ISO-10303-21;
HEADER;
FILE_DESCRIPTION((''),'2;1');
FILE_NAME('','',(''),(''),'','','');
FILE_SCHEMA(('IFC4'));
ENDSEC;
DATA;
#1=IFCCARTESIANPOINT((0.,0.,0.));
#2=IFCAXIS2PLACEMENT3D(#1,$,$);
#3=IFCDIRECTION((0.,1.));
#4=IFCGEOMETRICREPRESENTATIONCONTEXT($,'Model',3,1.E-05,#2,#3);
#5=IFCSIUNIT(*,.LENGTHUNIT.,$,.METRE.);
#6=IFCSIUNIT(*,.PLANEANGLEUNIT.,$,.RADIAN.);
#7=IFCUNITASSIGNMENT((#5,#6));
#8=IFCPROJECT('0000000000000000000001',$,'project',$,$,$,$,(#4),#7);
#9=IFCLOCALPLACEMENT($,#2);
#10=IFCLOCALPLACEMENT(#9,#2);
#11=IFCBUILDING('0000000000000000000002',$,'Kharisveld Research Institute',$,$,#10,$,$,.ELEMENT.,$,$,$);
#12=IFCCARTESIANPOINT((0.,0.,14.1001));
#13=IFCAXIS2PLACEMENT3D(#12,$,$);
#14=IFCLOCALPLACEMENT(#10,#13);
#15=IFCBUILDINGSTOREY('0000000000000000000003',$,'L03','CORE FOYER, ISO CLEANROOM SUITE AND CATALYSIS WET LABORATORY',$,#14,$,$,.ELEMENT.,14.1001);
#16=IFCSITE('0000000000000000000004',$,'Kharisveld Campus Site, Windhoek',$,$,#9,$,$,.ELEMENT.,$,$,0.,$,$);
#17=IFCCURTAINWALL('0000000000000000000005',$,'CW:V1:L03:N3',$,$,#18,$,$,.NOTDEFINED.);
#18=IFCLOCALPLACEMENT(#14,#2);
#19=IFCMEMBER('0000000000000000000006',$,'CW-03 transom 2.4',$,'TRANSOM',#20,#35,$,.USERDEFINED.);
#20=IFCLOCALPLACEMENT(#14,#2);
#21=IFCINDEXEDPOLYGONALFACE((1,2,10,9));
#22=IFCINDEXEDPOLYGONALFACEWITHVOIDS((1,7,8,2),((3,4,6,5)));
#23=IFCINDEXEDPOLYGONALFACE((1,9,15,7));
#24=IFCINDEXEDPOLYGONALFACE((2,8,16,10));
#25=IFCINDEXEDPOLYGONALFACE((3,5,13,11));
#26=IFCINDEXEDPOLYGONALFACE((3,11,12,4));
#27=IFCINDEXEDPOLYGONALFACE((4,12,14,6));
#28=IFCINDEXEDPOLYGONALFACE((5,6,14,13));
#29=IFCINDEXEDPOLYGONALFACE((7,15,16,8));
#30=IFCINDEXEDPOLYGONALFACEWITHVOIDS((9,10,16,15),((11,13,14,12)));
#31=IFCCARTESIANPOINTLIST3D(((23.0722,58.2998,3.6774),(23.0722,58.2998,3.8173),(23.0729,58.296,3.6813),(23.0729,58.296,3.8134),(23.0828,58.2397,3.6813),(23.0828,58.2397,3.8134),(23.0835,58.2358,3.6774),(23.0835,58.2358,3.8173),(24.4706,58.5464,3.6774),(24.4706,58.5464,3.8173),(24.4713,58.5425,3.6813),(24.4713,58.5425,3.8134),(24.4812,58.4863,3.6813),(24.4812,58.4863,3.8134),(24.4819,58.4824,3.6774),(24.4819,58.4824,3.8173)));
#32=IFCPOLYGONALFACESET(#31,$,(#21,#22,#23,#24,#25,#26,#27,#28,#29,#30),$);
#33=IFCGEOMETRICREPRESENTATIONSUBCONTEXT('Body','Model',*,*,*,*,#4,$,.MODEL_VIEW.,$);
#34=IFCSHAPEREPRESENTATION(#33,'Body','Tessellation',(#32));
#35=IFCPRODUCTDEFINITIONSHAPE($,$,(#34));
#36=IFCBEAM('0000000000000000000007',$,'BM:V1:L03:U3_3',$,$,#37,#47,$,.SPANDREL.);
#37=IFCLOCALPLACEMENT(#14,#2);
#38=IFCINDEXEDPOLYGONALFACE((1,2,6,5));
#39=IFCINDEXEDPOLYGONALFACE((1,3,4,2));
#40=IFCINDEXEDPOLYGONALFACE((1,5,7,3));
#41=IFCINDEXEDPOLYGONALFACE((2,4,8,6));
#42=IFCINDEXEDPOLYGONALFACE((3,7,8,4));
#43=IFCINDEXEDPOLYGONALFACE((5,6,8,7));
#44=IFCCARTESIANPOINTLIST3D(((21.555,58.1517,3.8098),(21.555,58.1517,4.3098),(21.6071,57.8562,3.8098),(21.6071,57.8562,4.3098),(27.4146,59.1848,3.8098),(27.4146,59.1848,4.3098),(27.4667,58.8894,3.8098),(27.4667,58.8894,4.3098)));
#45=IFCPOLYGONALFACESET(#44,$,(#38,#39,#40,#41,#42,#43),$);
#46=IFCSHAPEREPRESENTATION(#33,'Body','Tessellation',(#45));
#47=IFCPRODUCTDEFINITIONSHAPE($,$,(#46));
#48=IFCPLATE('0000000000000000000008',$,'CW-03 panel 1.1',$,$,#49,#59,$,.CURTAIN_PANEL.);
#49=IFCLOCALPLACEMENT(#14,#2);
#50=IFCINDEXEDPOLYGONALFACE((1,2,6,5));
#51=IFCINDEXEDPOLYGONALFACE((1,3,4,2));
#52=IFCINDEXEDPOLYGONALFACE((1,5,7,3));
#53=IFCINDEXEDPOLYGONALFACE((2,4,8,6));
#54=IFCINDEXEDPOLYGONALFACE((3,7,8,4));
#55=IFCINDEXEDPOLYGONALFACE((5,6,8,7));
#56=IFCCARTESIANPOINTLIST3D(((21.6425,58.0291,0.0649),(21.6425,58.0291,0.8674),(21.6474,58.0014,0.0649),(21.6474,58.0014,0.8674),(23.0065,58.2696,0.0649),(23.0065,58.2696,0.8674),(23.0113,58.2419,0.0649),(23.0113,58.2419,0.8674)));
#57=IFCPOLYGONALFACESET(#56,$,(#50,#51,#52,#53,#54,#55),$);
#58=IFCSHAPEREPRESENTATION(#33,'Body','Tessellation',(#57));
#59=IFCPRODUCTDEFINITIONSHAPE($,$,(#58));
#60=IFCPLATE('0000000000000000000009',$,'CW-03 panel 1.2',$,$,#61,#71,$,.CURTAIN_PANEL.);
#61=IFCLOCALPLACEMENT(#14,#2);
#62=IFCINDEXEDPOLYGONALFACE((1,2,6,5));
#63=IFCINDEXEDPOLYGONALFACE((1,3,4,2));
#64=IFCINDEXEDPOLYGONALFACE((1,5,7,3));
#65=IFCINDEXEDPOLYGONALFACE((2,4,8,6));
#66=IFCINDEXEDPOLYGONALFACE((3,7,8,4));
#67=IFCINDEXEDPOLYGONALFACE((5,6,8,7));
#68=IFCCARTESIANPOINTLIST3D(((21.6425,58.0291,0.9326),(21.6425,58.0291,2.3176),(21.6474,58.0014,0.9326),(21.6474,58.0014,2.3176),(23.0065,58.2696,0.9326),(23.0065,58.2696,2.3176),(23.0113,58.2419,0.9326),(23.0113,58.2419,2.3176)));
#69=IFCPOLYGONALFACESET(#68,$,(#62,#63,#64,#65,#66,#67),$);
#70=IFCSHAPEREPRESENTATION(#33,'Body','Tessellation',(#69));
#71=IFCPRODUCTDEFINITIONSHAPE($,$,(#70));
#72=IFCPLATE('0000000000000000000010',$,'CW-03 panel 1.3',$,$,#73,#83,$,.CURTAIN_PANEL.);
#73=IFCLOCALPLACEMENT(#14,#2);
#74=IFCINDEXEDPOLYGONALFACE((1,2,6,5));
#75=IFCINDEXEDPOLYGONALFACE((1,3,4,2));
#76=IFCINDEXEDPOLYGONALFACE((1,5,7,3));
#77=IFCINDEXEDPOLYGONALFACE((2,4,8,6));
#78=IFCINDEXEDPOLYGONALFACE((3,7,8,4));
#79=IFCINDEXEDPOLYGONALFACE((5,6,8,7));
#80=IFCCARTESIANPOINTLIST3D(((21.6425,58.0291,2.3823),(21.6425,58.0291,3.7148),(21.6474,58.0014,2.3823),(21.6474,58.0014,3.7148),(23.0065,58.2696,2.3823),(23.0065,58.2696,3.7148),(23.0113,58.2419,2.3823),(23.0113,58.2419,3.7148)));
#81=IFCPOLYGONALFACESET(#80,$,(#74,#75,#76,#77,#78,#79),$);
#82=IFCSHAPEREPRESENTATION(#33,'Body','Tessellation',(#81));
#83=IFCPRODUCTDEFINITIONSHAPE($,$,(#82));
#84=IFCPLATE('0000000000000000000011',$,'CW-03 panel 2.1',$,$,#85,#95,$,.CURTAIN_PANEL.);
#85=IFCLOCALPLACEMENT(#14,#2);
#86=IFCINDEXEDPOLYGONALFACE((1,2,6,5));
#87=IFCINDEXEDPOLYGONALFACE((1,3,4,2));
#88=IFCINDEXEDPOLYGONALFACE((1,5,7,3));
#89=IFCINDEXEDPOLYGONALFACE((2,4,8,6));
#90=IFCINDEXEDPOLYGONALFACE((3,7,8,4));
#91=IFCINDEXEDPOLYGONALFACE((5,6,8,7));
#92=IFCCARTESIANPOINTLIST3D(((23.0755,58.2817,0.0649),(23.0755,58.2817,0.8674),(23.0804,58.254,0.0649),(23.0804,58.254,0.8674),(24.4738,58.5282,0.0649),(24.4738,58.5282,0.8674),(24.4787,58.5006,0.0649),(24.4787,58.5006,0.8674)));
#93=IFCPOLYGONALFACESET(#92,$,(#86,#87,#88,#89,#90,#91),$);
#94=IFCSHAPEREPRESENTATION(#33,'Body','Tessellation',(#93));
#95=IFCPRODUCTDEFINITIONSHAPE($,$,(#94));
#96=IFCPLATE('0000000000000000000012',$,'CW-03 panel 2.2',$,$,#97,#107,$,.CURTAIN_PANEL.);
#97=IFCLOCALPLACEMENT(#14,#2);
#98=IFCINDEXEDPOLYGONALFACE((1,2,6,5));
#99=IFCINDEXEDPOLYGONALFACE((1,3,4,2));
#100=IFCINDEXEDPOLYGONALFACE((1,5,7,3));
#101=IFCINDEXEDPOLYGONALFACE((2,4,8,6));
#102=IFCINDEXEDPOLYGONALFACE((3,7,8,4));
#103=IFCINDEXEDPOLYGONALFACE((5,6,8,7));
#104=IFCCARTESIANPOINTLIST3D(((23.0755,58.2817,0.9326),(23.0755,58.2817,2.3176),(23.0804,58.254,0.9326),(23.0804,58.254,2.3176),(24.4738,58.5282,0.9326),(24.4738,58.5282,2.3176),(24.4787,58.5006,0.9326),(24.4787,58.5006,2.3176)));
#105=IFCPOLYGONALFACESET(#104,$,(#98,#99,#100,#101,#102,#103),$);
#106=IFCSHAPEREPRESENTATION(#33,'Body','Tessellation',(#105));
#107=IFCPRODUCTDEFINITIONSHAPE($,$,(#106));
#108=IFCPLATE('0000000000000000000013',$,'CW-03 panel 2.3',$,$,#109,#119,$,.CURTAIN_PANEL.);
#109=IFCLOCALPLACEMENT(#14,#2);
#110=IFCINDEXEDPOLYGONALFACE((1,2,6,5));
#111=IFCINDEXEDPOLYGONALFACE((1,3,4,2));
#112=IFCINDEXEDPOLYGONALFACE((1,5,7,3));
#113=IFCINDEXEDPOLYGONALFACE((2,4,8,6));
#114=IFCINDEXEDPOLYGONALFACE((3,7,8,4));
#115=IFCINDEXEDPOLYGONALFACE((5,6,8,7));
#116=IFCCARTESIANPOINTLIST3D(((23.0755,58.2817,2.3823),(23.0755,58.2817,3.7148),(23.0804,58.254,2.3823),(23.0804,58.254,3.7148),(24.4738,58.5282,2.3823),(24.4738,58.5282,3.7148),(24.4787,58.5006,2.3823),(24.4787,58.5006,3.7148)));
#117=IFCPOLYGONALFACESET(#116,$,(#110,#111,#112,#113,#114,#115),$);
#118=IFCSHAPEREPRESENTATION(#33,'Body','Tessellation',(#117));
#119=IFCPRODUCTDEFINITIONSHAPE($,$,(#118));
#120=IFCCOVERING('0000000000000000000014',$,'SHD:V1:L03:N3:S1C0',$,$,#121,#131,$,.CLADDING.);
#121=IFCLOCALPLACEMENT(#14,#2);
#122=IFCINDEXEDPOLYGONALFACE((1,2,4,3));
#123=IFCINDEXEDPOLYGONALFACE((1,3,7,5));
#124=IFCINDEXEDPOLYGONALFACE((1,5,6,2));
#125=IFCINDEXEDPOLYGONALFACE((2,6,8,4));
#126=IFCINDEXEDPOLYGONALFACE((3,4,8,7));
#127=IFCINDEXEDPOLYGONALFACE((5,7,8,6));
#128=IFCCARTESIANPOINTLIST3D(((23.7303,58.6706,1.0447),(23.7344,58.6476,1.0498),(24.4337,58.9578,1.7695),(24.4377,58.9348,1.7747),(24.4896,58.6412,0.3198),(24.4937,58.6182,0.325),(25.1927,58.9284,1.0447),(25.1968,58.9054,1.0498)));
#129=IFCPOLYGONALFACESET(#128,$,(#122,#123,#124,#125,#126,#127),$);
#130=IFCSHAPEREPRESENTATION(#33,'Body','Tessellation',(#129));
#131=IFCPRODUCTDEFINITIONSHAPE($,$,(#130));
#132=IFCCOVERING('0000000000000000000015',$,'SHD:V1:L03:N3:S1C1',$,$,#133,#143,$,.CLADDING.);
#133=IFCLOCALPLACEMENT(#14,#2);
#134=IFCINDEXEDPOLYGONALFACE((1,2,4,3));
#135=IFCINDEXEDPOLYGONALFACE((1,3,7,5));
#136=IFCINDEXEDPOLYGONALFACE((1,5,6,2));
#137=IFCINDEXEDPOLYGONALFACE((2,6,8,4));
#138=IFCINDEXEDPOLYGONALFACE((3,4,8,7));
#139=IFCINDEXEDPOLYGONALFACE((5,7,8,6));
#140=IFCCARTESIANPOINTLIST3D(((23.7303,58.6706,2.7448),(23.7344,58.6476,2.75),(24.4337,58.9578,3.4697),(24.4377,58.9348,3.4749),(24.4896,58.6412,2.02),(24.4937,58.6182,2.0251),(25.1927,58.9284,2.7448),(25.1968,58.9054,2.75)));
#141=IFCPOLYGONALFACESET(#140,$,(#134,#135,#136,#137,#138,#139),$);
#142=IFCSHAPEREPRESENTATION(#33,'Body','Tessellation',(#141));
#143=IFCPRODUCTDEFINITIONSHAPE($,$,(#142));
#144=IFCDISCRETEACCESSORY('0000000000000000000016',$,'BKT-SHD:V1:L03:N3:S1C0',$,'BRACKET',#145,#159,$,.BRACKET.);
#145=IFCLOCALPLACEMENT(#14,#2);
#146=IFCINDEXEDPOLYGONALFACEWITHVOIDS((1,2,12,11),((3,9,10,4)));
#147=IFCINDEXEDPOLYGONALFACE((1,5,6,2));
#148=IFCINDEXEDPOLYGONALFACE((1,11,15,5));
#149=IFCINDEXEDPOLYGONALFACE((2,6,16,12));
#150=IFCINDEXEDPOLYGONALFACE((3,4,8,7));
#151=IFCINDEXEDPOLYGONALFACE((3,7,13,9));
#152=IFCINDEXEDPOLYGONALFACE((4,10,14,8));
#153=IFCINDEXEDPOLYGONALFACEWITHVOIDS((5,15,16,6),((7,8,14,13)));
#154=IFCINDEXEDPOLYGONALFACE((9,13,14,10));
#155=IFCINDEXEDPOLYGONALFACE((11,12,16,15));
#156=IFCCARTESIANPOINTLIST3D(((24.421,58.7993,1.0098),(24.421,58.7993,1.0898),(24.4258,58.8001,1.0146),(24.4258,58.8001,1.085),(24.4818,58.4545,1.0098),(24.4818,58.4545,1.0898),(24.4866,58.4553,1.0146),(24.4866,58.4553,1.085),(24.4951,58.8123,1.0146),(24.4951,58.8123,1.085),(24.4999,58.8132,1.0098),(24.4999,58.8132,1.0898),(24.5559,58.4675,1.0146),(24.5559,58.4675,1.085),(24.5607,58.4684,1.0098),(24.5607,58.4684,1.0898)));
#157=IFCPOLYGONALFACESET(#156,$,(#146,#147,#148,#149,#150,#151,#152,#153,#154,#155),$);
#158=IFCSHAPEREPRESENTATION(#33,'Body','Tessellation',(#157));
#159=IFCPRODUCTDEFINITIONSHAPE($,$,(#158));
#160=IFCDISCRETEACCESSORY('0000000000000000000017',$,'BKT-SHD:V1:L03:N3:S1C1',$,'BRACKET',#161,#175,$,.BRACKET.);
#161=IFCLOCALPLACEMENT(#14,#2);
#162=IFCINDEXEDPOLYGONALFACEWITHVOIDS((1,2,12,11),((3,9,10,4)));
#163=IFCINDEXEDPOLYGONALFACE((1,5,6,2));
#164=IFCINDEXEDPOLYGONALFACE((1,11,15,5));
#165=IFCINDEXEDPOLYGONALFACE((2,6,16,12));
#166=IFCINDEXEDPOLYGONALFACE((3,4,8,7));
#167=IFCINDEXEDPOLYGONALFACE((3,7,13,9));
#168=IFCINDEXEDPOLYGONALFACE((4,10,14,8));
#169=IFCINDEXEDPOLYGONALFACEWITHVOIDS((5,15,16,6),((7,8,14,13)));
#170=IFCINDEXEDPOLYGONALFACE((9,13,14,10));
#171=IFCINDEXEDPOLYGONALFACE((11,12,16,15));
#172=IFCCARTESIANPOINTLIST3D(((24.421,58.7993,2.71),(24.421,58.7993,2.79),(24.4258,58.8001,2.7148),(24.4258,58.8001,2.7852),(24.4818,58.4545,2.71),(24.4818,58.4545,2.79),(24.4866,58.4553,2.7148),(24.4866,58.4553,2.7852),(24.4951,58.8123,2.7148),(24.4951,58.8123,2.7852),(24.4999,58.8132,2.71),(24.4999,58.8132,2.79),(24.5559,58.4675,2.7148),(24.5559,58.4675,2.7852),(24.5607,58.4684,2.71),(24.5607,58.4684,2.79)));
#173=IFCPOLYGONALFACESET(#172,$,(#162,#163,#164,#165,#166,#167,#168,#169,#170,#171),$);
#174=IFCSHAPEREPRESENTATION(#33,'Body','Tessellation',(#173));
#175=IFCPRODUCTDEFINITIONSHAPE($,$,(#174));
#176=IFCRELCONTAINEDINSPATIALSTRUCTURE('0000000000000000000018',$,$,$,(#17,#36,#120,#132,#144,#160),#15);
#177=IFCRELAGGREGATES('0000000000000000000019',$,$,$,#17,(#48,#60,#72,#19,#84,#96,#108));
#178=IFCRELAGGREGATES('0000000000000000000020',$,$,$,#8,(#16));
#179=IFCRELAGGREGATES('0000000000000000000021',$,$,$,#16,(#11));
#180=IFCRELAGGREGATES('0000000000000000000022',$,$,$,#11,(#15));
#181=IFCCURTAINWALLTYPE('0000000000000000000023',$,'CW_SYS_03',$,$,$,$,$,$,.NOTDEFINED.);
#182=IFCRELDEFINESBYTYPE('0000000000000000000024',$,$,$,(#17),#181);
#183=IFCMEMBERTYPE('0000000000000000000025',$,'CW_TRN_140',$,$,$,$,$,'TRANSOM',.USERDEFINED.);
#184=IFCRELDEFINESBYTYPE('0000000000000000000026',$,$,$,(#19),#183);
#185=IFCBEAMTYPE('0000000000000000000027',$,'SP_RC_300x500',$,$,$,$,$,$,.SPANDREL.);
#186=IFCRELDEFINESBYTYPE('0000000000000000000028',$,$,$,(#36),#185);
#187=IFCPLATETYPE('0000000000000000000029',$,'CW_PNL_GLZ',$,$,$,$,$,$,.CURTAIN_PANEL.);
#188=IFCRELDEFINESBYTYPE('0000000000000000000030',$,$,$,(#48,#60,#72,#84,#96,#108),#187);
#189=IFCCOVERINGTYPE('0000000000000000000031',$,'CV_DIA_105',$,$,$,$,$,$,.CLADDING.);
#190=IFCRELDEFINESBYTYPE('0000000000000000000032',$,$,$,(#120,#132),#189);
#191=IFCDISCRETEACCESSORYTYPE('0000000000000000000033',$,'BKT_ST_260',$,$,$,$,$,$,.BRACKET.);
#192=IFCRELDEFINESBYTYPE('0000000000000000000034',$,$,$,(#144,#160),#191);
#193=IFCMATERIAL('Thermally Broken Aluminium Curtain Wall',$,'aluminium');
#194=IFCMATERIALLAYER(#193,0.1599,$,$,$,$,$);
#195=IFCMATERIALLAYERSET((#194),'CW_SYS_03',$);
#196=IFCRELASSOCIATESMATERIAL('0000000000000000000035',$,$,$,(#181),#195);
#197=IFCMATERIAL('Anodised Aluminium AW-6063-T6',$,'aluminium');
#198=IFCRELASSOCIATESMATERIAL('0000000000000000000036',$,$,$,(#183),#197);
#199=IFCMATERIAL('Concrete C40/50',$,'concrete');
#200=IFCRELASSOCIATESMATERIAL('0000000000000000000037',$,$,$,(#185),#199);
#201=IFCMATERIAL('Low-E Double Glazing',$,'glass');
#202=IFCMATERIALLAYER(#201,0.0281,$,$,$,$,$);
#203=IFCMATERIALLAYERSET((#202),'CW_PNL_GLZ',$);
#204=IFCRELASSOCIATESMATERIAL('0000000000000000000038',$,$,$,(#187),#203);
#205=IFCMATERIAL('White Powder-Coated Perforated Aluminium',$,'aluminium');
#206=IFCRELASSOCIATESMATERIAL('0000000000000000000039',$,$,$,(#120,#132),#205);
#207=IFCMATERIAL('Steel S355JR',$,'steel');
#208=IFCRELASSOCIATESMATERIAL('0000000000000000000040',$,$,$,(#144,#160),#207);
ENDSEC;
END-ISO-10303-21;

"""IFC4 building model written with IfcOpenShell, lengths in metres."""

from ifc_helpers import new_model, si_unit, direction, frame, origin, origin_2d, place, context, subcontext, project, spatial, polyline, rectangle, hollow_rectangle, outline, extrude, material, layer, layer_set, material_profile, profile_set, type_object, element, aggregate, save


model = new_model("IFC4")

# Units and contexts
model_context = context("Model", 3, precision=1e-05, world=origin(), true_north=direction((0.0, 1.0)))
body_context = subcontext(model_context, "Body", "Model", "MODEL_VIEW")
ifc_project = project(units=[si_unit("LENGTHUNIT", "METRE"), si_unit("PLANEANGLEUNIT", "RADIAN")], contexts=[model_context])

# Site, building, storey
site_placement = place(None, origin())
site = spatial("IfcSite", under=ifc_project, at=site_placement, Name="Kharisveld Campus Site, Windhoek", CompositionType="ELEMENT", RefElevation=0.0)
building_placement = place(site_placement, origin())
building = spatial("IfcBuilding", under=site, at=building_placement, Name="Kharisveld Research Institute", CompositionType="ELEMENT")
storey_placement = place(building_placement, frame((0.0, 0.0, 14.1001)))
storey = spatial("IfcBuildingStorey", under=building, at=storey_placement, Name="L03", Description="CORE FOYER, ISO CLEANROOM SUITE AND CATALYSIS WET LABORATORY", CompositionType="ELEMENT", Elevation=14.1001)

# Curtain wall, member
ifc_material_1 = material(Name="Thermally Broken Aluminium Curtain Wall", Category="aluminium")
ifc_layer_1 = layer(ifc_material_1, 0.1599)
ifc_layer_set_1 = layer_set([ifc_layer_1], Name="CW_SYS_03")
curtain_wall_type = type_object("IfcCurtainWallType", Name="CW_SYS_03", PredefinedType="NOTDEFINED", material=ifc_layer_set_1)
curtain_wall_placement = place(storey_placement, origin())
curtain_wall = element("IfcCurtainWall", 1, at=curtain_wall_placement, inside=storey, type_object=curtain_wall_type, Name="CW:V1:L03:N3", PredefinedType="NOTDEFINED")
ifc_material_2 = material(Name="Anodised Aluminium AW-6063-T6", Category="aluminium")
ifc_material_profile_1 = material_profile(ifc_material_2, hollow_rectangle(XDim=0.0649, YDim=0.1399, WallThickness=0.0039, at=origin_2d()))
ifc_profile_set_1 = profile_set([ifc_material_profile_1], Name="Anodised Aluminium AW-6063-T6")
member_type_1 = type_object("IfcMemberType", Name="CW_TRN_140", ElementType="TRANSOM", PredefinedType="USERDEFINED", material=ifc_profile_set_1)
member_1_placement = place(storey_placement, frame((23.0779, 58.2678, 3.7473), z_axis=(0.984808, 0.173648, 0.0), x_axis=(-0.173648, 0.984808, 0.0)))
member_1 = element("IfcMember", 2, at=member_1_placement, type_object=member_type_1, Name="CW-03 transom 2.4", ObjectType="TRANSOM", PredefinedType="USERDEFINED", context=body_context, shape_type="SweptSolid", body=[
    extrude(hollow_rectangle(XDim=0.0649, YDim=0.1399, WallThickness=0.0039, at=origin_2d()), origin(), (0.0, 0.0, 1.0), 1.4199),
])

# Beam
ifc_material_3 = material(Name="Concrete C40/50", Category="concrete")
ifc_material_profile_2 = material_profile(ifc_material_3, rectangle(XDim=0.3, YDim=0.5, at=origin_2d()))
ifc_profile_set_2 = profile_set([ifc_material_profile_2], Name="Concrete C40/50")
beam_type = type_object("IfcBeamType", Name="SP_RC_300x500", PredefinedType="SPANDREL", material=ifc_profile_set_2)
beam_placement = place(storey_placement, frame((21.5811, 58.0039, 4.0598), z_axis=(0.984808, 0.173647, 0.0), x_axis=(-0.173647, 0.984808, 0.0)))
element("IfcBeam", 3, at=beam_placement, inside=storey, type_object=beam_type, Name="BM:V1:L03:U3_3", PredefinedType="SPANDREL", context=body_context, shape_type="SweptSolid", body=[
    extrude(rectangle(XDim=0.3, YDim=0.5, at=origin_2d()), origin(), (0.0, 0.0, 1.0), 5.95),
])

# Plates
ifc_material_4 = material(Name="Low-E Double Glazing", Category="glass")
ifc_layer_2 = layer(ifc_material_4, 0.0281)
ifc_layer_set_2 = layer_set([ifc_layer_2], Name="CW_PNL_GLZ")
plate_type = type_object("IfcPlateType", Name="CW_PNL_GLZ", PredefinedType="CURTAIN_PANEL", material=ifc_layer_set_2)
plate_1_placement = place(storey_placement, frame((22.3269, 58.1355, 0.0649), z_axis=(0.0, 0.0, 1.0), x_axis=(0.984808, 0.173648, 0.0)))
plate_1 = element("IfcPlate", 4, at=plate_1_placement, type_object=plate_type, Name="CW-03 panel 1.1", PredefinedType="CURTAIN_PANEL", context=body_context, shape_type="SweptSolid", body=[
    extrude(rectangle(XDim=1.385, YDim=0.0281, at=origin_2d()), origin(), (0.0, 0.0, 1.0), 0.8025),
])
plate_2_placement = place(storey_placement, frame((22.3269, 58.1355, 0.9326), z_axis=(0.0, 0.0, 1.0), x_axis=(0.984808, 0.173648, 0.0)))
plate_2 = element("IfcPlate", 5, at=plate_2_placement, type_object=plate_type, Name="CW-03 panel 1.2", PredefinedType="CURTAIN_PANEL", context=body_context, shape_type="SweptSolid", body=[
    extrude(rectangle(XDim=1.385, YDim=0.0281, at=origin_2d()), origin(), (0.0, 0.0, 1.0), 1.385),
])
plate_3_placement = place(storey_placement, frame((22.3269, 58.1355, 2.3823), z_axis=(0.0, 0.0, 1.0), x_axis=(0.984808, 0.173648, 0.0)))
plate_3 = element("IfcPlate", 6, at=plate_3_placement, type_object=plate_type, Name="CW-03 panel 1.3", PredefinedType="CURTAIN_PANEL", context=body_context, shape_type="SweptSolid", body=[
    extrude(rectangle(XDim=1.385, YDim=0.0281, at=origin_2d()), origin(), (0.0, 0.0, 1.0), 1.3325),
])
plate_4_placement = place(storey_placement, frame((23.7771, 58.3911, 0.0649), z_axis=(0.0, 0.0, 1.0), x_axis=(0.984808, 0.173648, 0.0)))
plate_4 = element("IfcPlate", 7, at=plate_4_placement, type_object=plate_type, Name="CW-03 panel 2.1", PredefinedType="CURTAIN_PANEL", context=body_context, shape_type="SweptSolid", body=[
    extrude(rectangle(XDim=1.4199, YDim=0.0281, at=origin_2d()), origin(), (0.0, 0.0, 1.0), 0.8025),
])
plate_5_placement = place(storey_placement, frame((23.7771, 58.3911, 0.9326), z_axis=(0.0, 0.0, 1.0), x_axis=(0.984808, 0.173648, 0.0)))
plate_5 = element("IfcPlate", 8, at=plate_5_placement, type_object=plate_type, Name="CW-03 panel 2.2", PredefinedType="CURTAIN_PANEL", context=body_context, shape_type="SweptSolid", body=[
    extrude(rectangle(XDim=1.4199, YDim=0.0281, at=origin_2d()), origin(), (0.0, 0.0, 1.0), 1.385),
])
plate_6_placement = place(storey_placement, frame((23.7771, 58.3911, 2.3823), z_axis=(0.0, 0.0, 1.0), x_axis=(0.984808, 0.173648, 0.0)))
plate_6 = element("IfcPlate", 9, at=plate_6_placement, type_object=plate_type, Name="CW-03 panel 2.3", PredefinedType="CURTAIN_PANEL", context=body_context, shape_type="SweptSolid", body=[
    extrude(rectangle(XDim=1.4199, YDim=0.0281, at=origin_2d()), origin(), (0.0, 0.0, 1.0), 1.3325),
])
aggregate(curtain_wall, [plate_1, plate_2, plate_3, member_1, plate_4, plate_5, plate_6])

# Coverings
ifc_material_5 = material(Name="White Powder-Coated Perforated Aluminium", Category="aluminium")
covering_type = type_object("IfcCoveringType", Name="CV_DIA_105", PredefinedType="CLADDING")
for number, where, z_axis, x_axis, name in (
    (10, (24.4937, 58.6182, 0.325), (0.169497, -0.961447, 0.21654), (0.669705, 0.27356, 0.690406), "SHD:V1:L03:N3:S1C0"),
    (11, (24.4937, 58.6182, 2.0251), (0.169497, -0.961447, 0.21654), (0.669705, 0.27356, 0.690406), "SHD:V1:L03:N3:S1C1"),
):
    element("IfcCovering", number, at=place(storey_placement, frame(where, z_axis=z_axis, x_axis=x_axis)), inside=storey, type_object=covering_type, material=ifc_material_5, Name=name, PredefinedType="CLADDING", context=body_context, shape_type="SweptSolid", body=[
        extrude(outline(polyline([(0.0, 0.0), (1.0499, 0.0), (1.0501, 1.05), (0.0, 1.0501), (0.0, 0.0)])), origin(), (0.0, 0.0, -1.0), 0.0239),
    ])

# Discrete accessories
ifc_material_6 = material(Name="Steel S355JR", Category="steel")
discrete_accessory_type = type_object("IfcDiscreteAccessoryType", Name="BKT_ST_260", PredefinedType="BRACKET")
for number, where, z_axis, x_axis, name in (
    (12, (24.5212, 58.4614, 1.0498), (-0.173666, 0.984805, 0.0), (-0.984805, -0.173666, 0.0), "BKT-SHD:V1:L03:N3:S1C0"),
    (13, (24.5212, 58.4614, 2.75), (-0.173666, 0.984805, 0.0), (-0.984805, -0.173666, 0.0), "BKT-SHD:V1:L03:N3:S1C1"),
):
    element("IfcDiscreteAccessory", number, at=place(storey_placement, frame(where, z_axis=z_axis, x_axis=x_axis)), inside=storey, type_object=discrete_accessory_type, material=ifc_material_6, Name=name, ObjectType="BRACKET", PredefinedType="BRACKET", context=body_context, shape_type="SweptSolid", body=[
        extrude(hollow_rectangle(XDim=0.0801, YDim=0.0801, WallThickness=0.0049, at=origin_2d()), origin(), (0.0, 0.0, 1.0), 0.3501),
    ])

save(model, "model.ifc")
